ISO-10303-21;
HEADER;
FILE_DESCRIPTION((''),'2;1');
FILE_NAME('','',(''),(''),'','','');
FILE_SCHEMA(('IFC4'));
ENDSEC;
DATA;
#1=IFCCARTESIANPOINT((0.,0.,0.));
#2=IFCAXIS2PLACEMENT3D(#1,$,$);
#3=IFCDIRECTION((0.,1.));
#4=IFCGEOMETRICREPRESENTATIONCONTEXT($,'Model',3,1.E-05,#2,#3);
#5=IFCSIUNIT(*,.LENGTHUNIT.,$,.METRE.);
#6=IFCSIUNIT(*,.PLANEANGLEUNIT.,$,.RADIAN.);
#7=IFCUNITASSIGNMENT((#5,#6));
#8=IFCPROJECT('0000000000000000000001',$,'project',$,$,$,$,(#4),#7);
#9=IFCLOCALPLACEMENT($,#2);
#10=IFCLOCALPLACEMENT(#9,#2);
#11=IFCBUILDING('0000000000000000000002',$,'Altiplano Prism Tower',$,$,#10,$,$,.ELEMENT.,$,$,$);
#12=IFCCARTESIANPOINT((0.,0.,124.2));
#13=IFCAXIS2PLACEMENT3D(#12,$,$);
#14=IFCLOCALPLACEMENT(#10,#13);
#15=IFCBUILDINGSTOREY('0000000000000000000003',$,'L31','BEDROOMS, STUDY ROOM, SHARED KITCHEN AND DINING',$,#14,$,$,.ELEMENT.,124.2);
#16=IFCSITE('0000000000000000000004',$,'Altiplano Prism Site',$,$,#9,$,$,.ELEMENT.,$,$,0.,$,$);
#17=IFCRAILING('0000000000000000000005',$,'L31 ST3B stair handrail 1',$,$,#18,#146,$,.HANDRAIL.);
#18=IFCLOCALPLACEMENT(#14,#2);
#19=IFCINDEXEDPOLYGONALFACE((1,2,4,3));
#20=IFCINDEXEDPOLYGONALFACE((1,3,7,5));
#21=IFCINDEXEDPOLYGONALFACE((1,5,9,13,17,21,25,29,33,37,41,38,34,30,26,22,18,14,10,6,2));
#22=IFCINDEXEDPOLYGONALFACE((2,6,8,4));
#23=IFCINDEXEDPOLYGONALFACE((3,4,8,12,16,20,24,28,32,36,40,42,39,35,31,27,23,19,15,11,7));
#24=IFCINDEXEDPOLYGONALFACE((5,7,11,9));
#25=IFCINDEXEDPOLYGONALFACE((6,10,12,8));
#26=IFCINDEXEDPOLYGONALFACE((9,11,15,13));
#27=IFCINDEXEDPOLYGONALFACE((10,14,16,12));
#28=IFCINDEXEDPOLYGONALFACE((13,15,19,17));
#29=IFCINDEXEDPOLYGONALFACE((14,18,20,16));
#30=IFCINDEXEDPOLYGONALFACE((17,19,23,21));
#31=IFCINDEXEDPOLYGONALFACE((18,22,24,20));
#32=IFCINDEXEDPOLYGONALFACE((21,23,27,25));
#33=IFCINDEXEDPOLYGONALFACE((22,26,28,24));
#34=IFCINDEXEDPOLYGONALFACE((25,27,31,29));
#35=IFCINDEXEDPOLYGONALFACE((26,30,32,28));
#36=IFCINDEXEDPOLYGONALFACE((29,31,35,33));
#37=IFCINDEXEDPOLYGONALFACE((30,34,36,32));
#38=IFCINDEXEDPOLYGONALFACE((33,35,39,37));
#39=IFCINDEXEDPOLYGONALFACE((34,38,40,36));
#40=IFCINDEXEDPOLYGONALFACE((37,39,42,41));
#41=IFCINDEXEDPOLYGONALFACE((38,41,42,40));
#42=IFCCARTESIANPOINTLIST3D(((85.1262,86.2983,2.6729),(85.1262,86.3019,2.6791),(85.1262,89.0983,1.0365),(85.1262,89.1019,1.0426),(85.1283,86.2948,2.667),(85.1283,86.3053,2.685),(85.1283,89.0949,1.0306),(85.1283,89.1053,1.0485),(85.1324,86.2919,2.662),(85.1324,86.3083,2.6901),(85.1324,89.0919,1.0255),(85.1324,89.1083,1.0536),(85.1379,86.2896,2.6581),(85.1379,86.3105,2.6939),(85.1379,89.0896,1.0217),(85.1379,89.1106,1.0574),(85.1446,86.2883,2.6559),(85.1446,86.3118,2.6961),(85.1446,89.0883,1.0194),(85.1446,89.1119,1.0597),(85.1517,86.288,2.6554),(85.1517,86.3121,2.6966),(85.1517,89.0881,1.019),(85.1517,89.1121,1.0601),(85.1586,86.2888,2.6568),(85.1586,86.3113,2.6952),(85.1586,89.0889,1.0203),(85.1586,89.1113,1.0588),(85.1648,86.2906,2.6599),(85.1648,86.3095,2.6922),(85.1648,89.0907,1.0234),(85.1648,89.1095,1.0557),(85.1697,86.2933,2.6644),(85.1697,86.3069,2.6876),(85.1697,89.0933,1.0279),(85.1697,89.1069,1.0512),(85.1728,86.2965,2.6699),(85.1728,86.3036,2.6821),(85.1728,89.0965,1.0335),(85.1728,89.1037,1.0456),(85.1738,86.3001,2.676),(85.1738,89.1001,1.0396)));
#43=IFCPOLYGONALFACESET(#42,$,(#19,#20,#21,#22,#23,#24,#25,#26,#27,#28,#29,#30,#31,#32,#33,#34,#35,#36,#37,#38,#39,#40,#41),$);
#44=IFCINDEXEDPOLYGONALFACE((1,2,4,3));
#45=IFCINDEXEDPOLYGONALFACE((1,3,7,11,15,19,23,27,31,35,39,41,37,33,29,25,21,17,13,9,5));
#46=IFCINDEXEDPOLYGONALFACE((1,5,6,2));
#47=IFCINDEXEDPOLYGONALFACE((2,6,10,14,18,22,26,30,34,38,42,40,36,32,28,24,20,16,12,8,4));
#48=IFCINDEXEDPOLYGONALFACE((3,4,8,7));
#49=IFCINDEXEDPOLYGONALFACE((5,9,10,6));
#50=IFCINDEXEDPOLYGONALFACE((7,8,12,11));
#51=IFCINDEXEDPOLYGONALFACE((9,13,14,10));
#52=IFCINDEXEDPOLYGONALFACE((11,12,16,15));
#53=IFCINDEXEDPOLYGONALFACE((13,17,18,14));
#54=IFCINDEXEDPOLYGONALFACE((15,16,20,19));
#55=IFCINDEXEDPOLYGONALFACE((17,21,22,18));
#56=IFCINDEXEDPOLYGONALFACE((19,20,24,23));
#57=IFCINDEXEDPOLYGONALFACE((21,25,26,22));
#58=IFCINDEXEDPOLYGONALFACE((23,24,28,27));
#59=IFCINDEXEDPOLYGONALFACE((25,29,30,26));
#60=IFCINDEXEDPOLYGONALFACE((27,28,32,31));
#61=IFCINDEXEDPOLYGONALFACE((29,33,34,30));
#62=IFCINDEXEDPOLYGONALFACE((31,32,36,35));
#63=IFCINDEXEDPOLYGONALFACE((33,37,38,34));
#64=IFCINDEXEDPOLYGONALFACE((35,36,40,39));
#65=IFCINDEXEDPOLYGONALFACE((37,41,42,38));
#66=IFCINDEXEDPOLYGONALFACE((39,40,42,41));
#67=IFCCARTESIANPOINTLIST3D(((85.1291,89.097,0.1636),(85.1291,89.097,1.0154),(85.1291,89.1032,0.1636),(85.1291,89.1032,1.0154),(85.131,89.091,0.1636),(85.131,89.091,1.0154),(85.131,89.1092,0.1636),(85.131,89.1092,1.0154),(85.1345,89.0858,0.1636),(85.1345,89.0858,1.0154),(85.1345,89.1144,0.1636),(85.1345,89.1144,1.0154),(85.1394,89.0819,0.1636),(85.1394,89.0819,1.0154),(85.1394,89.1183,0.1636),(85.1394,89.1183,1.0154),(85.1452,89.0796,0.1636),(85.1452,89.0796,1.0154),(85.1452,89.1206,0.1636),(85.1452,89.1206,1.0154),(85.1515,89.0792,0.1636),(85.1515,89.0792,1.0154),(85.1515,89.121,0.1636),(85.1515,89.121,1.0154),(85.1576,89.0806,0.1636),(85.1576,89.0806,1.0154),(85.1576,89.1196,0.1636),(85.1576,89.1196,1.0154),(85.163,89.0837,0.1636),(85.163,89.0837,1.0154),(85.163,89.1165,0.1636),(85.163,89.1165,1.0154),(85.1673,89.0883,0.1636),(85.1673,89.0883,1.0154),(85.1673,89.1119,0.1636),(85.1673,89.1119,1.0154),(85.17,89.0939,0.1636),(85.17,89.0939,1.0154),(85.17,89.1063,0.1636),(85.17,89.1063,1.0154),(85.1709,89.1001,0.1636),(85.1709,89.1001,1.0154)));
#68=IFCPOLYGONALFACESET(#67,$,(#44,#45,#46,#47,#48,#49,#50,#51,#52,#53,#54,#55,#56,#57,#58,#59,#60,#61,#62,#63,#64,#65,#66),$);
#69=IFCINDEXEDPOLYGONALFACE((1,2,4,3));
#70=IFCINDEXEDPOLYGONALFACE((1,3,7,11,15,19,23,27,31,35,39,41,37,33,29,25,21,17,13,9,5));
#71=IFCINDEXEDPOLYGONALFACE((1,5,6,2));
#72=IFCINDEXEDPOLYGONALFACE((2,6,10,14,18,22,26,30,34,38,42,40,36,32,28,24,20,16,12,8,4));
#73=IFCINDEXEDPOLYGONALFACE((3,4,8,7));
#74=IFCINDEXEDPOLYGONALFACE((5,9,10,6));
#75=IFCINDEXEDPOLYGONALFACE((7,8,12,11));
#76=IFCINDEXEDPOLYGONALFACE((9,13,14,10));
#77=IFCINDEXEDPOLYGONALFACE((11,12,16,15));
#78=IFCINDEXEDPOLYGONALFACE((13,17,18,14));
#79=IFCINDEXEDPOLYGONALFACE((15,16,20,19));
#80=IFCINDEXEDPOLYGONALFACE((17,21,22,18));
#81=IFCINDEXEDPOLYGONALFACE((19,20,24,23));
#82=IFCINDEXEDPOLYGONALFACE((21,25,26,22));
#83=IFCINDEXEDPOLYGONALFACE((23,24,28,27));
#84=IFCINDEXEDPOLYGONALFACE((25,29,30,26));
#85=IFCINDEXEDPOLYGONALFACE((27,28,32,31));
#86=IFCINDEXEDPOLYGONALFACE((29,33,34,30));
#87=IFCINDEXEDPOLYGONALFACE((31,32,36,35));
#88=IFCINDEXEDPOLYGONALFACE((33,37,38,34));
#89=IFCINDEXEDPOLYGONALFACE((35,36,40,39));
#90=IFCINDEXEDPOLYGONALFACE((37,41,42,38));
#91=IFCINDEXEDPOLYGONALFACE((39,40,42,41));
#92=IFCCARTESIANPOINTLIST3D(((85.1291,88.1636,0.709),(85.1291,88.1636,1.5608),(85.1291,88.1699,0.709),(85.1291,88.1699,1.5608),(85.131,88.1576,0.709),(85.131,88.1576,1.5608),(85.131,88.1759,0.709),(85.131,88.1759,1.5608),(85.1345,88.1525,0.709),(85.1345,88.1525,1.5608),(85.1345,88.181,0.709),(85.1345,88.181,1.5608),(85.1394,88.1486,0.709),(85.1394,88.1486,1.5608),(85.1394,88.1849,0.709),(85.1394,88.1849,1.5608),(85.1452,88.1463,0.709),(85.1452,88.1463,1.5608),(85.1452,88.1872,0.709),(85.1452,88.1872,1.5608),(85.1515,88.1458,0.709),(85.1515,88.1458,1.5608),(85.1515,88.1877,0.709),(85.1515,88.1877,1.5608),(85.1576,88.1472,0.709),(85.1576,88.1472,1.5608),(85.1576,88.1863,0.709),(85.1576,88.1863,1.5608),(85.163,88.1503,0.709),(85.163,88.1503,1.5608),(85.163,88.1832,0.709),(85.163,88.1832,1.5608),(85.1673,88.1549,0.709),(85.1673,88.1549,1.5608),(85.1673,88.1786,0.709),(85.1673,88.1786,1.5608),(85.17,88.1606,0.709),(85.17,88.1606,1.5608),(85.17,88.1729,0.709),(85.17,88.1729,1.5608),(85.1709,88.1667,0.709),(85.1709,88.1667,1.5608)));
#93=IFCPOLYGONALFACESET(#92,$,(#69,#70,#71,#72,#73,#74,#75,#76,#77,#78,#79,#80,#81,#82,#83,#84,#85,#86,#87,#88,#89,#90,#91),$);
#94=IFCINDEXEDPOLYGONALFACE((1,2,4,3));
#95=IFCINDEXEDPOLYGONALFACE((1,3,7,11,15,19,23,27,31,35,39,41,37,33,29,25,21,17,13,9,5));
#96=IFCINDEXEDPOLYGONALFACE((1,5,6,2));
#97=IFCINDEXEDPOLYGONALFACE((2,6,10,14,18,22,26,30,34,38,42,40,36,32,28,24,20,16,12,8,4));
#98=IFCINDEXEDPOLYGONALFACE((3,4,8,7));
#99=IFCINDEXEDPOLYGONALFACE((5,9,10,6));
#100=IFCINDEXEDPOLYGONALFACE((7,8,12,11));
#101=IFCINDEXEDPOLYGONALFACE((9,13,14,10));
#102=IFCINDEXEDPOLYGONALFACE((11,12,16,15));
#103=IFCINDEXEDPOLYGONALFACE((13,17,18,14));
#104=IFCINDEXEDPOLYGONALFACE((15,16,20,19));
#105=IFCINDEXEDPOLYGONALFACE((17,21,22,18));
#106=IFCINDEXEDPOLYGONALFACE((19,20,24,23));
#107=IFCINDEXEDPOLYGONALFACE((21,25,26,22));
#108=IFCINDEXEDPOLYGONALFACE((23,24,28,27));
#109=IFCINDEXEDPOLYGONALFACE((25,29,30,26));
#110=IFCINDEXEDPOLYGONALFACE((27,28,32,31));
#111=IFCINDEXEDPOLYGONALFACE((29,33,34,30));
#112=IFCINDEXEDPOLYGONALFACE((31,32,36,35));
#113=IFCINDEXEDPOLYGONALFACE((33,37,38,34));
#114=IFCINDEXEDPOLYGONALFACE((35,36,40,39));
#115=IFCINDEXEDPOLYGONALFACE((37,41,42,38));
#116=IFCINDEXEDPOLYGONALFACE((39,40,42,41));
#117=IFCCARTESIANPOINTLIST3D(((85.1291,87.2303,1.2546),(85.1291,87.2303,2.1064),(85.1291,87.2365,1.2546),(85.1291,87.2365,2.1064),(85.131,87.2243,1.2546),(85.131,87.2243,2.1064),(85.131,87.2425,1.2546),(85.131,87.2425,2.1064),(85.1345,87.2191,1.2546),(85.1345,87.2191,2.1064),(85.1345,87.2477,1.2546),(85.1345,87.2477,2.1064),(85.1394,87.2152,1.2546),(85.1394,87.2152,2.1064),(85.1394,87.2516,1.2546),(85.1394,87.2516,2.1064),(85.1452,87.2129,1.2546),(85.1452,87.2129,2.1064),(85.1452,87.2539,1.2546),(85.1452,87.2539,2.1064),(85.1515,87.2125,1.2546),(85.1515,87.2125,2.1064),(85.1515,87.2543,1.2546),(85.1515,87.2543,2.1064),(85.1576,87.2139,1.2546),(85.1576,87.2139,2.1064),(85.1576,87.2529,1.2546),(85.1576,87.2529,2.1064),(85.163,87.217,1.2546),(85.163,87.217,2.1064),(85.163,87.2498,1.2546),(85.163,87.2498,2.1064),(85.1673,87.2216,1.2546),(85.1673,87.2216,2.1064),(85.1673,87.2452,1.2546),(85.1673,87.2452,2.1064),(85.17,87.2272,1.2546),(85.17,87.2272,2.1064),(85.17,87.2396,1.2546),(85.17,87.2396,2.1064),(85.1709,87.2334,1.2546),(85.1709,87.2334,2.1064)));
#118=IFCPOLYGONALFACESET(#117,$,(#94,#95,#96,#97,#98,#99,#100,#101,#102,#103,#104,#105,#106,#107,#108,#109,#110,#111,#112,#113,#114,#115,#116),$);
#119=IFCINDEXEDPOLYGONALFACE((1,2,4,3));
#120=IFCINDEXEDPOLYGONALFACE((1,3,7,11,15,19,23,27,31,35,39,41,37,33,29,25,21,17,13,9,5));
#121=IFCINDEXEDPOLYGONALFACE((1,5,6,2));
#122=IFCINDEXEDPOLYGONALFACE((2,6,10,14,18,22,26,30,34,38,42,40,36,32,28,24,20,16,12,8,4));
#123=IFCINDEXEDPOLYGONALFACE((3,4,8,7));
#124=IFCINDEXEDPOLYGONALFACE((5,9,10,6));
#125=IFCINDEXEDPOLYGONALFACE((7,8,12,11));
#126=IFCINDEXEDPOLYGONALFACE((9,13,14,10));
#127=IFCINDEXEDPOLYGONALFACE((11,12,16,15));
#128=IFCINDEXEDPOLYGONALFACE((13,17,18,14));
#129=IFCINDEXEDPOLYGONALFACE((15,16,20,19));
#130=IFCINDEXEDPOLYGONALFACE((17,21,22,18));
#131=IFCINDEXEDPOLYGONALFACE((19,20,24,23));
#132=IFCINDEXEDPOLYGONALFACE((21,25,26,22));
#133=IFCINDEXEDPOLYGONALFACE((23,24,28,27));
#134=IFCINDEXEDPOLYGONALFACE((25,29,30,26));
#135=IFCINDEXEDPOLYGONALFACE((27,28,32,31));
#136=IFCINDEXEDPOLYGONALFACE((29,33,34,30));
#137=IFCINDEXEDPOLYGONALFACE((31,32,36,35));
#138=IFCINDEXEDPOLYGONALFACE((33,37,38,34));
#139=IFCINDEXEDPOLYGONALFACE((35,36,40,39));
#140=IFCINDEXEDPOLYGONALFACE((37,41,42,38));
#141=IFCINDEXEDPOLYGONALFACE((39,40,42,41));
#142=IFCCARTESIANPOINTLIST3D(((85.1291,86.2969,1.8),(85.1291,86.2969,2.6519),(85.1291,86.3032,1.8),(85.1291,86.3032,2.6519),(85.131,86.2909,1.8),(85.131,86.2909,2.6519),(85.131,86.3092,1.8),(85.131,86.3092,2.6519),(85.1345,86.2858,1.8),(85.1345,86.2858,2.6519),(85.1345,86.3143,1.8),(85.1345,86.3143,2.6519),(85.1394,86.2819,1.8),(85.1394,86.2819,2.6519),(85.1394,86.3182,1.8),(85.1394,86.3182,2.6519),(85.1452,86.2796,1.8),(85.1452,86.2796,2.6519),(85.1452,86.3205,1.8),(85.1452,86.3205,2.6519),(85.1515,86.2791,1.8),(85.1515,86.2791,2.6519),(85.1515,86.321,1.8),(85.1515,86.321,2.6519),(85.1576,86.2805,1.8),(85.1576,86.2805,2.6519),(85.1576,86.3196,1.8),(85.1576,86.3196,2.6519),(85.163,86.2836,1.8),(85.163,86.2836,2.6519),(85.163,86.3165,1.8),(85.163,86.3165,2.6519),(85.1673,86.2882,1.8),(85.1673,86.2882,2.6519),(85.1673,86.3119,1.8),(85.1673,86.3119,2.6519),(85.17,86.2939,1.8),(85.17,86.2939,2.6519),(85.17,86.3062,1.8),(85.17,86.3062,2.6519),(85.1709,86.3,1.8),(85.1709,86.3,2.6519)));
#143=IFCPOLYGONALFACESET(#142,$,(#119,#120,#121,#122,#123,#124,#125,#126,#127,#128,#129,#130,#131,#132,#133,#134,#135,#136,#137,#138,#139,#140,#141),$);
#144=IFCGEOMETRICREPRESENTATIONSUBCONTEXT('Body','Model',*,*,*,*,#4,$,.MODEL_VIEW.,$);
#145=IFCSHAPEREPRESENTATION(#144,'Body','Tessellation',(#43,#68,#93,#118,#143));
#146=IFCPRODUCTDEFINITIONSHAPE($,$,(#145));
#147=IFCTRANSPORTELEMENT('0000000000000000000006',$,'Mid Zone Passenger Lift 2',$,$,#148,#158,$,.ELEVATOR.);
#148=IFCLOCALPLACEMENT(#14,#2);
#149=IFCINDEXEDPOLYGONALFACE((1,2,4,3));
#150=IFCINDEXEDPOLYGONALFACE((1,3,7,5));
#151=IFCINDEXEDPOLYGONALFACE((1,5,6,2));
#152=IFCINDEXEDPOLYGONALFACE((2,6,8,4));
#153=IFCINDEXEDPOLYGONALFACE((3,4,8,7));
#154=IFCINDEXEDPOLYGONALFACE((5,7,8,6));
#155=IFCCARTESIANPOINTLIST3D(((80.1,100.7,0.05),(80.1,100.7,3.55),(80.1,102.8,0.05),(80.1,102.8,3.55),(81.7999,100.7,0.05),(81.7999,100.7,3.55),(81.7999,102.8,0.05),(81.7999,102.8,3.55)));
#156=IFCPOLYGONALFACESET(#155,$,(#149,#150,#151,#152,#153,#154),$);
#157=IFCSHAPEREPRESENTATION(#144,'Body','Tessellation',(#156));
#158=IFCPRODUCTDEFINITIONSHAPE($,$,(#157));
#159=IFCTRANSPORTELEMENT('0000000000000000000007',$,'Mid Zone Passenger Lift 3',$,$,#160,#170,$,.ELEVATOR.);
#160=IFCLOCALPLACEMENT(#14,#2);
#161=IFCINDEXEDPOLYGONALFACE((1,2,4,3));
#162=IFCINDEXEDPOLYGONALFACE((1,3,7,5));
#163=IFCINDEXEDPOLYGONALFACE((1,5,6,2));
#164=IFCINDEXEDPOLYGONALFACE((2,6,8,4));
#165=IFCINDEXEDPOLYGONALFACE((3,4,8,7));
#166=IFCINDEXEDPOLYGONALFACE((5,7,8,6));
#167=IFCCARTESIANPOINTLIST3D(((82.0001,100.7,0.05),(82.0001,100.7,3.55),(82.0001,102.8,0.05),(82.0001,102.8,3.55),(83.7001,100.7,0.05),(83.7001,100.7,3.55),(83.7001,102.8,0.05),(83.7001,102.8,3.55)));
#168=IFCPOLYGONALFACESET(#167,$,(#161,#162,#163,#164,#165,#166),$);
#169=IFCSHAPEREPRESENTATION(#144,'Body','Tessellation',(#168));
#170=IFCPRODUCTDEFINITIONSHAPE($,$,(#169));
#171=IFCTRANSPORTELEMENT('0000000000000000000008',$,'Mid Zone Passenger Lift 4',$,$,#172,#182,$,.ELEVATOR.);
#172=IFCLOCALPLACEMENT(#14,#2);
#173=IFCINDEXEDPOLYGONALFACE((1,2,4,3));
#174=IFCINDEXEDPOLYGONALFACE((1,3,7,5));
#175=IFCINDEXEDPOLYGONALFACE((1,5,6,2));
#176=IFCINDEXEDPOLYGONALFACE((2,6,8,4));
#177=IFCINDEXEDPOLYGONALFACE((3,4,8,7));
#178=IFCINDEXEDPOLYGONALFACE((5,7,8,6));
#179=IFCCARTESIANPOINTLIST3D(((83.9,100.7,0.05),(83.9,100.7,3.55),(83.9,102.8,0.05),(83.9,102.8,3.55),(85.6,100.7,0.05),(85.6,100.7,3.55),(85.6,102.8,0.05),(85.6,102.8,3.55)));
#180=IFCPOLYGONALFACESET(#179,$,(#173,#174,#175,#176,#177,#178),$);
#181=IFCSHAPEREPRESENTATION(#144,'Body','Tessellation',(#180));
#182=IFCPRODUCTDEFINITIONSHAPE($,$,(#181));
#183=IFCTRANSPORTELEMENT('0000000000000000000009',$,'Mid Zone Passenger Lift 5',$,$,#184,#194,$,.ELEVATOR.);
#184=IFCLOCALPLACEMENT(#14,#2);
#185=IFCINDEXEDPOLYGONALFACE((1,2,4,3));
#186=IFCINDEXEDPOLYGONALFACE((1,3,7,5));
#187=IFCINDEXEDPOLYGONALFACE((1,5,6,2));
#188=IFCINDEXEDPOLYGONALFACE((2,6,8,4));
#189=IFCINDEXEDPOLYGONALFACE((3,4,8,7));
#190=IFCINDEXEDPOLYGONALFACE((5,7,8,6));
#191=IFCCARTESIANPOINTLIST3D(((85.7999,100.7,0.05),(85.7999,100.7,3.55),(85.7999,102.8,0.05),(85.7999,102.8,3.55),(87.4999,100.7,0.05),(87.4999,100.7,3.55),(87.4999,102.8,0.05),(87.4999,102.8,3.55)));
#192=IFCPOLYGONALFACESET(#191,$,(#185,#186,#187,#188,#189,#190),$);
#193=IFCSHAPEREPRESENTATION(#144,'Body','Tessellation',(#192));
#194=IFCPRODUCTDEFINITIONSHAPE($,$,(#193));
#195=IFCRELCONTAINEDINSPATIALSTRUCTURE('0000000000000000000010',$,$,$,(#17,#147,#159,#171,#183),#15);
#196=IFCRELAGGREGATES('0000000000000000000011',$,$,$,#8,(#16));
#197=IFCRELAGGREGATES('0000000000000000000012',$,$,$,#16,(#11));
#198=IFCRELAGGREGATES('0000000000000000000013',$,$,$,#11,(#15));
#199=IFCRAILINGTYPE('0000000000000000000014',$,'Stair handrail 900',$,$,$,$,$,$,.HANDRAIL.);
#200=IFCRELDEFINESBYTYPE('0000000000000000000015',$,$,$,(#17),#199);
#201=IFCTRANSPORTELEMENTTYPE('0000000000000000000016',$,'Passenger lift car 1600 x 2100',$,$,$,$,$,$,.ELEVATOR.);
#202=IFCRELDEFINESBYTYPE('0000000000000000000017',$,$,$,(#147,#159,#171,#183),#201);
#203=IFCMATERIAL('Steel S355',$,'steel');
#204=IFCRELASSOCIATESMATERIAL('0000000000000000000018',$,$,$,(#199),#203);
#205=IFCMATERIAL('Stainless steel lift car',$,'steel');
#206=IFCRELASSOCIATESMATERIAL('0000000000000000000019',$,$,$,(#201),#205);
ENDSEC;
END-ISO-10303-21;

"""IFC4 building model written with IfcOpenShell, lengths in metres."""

from ifc_helpers import new_model, si_unit, direction, frame, origin, origin_2d, place, context, subcontext, project, spatial, rectangle, circle, extrude, material, type_object, element, save


model = new_model("IFC4")

# Units and contexts
model_context = context("Model", 3, precision=1e-05, world=origin(), true_north=direction((0.0, 1.0)))
body_context = subcontext(model_context, "Body", "Model", "MODEL_VIEW")
ifc_project = project(units=[si_unit("LENGTHUNIT", "METRE"), si_unit("PLANEANGLEUNIT", "RADIAN")], contexts=[model_context])

# Site, building, storey
site_placement = place(None, origin())
site = spatial("IfcSite", under=ifc_project, at=site_placement, Name="Altiplano Prism Site", CompositionType="ELEMENT", RefElevation=0.0)
building_placement = place(site_placement, origin())
building = spatial("IfcBuilding", under=site, at=building_placement, Name="Altiplano Prism Tower", CompositionType="ELEMENT")
storey_placement = place(building_placement, frame((0.0, 0.0, 124.2)))
storey = spatial("IfcBuildingStorey", under=building, at=storey_placement, Name="L31", Description="BEDROOMS, STUDY ROOM, SHARED KITCHEN AND DINING", CompositionType="ELEMENT", Elevation=124.2)

# Railing
ifc_material_1 = material(Name="Steel S355", Category="steel")
railing_type_1 = type_object("IfcRailingType", Name="Stair handrail 900", PredefinedType="HANDRAIL", material=ifc_material_1)
for number, where, name in (
    (1, (85.1499, 89.1001, 0.1636), "L31 ST3B stair handrail 1"),
):
    element("IfcRailing", number, at=place(storey_placement, frame(where)), inside=storey, type_object=railing_type_1, Name=name, PredefinedType="HANDRAIL", context=body_context, shape_type="SweptSolid", body=[
        extrude(circle(Radius=0.0239, at=origin_2d()), frame((0.0, 0.0, 0.876), z_axis=(0.0, -0.863361, 0.504587), x_axis=(1.0, 0.0, 0.0)), (0.0, 0.0, 1.0), 3.2432),
        extrude(circle(Radius=0.021, at=origin_2d()), origin(), (0.0, 0.0, 1.0), 0.8518),
        extrude(circle(Radius=0.021, at=origin_2d()), frame((0.0, -0.9333, 0.5454)), (0.0, 0.0, 1.0), 0.8518),
        extrude(circle(Radius=0.021, at=origin_2d()), frame((0.0, -1.8667, 1.0911)), (0.0, 0.0, 1.0), 0.8518),
        extrude(circle(Radius=0.021, at=origin_2d()), frame((0.0, -2.8, 1.6365)), (0.0, 0.0, 1.0), 0.8518),
    ])

# Transport elements
ifc_material_2 = material(Name="Stainless steel lift car", Category="steel")
transport_element_type = type_object("IfcTransportElementType", Name="Passenger lift car 1600 x 2100", PredefinedType="ELEVATOR", material=ifc_material_2)
for number, where, z_axis, x_axis, name in (
    (2, (80.95, 101.75, 0.05), (0.0, 0.0, 1.0), (1.0, 0.0, 0.0), "Mid Zone Passenger Lift 2"),
    (3, (82.8501, 101.75, 0.05), (0.0, 0.0, 1.0), (1.0, 0.0, 0.0), "Mid Zone Passenger Lift 3"),
    (4, (84.75, 101.75, 0.05), (0.0, 0.0, 1.0), (1.0, 0.0, 0.0), "Mid Zone Passenger Lift 4"),
    (5, (86.6499, 101.75, 0.05), (0.0, 0.0, 1.0), (1.0, 0.0, 0.0), "Mid Zone Passenger Lift 5"),
):
    element("IfcTransportElement", number, at=place(storey_placement, frame(where, z_axis=z_axis, x_axis=x_axis)), inside=storey, type_object=transport_element_type, Name=name, PredefinedType="ELEVATOR", context=body_context, shape_type="SweptSolid", body=[
        extrude(rectangle(XDim=1.7, YDim=2.1001, at=origin_2d()), origin(), (0.0, 0.0, 1.0), 3.5),
    ])

save(model, "model.ifc")
